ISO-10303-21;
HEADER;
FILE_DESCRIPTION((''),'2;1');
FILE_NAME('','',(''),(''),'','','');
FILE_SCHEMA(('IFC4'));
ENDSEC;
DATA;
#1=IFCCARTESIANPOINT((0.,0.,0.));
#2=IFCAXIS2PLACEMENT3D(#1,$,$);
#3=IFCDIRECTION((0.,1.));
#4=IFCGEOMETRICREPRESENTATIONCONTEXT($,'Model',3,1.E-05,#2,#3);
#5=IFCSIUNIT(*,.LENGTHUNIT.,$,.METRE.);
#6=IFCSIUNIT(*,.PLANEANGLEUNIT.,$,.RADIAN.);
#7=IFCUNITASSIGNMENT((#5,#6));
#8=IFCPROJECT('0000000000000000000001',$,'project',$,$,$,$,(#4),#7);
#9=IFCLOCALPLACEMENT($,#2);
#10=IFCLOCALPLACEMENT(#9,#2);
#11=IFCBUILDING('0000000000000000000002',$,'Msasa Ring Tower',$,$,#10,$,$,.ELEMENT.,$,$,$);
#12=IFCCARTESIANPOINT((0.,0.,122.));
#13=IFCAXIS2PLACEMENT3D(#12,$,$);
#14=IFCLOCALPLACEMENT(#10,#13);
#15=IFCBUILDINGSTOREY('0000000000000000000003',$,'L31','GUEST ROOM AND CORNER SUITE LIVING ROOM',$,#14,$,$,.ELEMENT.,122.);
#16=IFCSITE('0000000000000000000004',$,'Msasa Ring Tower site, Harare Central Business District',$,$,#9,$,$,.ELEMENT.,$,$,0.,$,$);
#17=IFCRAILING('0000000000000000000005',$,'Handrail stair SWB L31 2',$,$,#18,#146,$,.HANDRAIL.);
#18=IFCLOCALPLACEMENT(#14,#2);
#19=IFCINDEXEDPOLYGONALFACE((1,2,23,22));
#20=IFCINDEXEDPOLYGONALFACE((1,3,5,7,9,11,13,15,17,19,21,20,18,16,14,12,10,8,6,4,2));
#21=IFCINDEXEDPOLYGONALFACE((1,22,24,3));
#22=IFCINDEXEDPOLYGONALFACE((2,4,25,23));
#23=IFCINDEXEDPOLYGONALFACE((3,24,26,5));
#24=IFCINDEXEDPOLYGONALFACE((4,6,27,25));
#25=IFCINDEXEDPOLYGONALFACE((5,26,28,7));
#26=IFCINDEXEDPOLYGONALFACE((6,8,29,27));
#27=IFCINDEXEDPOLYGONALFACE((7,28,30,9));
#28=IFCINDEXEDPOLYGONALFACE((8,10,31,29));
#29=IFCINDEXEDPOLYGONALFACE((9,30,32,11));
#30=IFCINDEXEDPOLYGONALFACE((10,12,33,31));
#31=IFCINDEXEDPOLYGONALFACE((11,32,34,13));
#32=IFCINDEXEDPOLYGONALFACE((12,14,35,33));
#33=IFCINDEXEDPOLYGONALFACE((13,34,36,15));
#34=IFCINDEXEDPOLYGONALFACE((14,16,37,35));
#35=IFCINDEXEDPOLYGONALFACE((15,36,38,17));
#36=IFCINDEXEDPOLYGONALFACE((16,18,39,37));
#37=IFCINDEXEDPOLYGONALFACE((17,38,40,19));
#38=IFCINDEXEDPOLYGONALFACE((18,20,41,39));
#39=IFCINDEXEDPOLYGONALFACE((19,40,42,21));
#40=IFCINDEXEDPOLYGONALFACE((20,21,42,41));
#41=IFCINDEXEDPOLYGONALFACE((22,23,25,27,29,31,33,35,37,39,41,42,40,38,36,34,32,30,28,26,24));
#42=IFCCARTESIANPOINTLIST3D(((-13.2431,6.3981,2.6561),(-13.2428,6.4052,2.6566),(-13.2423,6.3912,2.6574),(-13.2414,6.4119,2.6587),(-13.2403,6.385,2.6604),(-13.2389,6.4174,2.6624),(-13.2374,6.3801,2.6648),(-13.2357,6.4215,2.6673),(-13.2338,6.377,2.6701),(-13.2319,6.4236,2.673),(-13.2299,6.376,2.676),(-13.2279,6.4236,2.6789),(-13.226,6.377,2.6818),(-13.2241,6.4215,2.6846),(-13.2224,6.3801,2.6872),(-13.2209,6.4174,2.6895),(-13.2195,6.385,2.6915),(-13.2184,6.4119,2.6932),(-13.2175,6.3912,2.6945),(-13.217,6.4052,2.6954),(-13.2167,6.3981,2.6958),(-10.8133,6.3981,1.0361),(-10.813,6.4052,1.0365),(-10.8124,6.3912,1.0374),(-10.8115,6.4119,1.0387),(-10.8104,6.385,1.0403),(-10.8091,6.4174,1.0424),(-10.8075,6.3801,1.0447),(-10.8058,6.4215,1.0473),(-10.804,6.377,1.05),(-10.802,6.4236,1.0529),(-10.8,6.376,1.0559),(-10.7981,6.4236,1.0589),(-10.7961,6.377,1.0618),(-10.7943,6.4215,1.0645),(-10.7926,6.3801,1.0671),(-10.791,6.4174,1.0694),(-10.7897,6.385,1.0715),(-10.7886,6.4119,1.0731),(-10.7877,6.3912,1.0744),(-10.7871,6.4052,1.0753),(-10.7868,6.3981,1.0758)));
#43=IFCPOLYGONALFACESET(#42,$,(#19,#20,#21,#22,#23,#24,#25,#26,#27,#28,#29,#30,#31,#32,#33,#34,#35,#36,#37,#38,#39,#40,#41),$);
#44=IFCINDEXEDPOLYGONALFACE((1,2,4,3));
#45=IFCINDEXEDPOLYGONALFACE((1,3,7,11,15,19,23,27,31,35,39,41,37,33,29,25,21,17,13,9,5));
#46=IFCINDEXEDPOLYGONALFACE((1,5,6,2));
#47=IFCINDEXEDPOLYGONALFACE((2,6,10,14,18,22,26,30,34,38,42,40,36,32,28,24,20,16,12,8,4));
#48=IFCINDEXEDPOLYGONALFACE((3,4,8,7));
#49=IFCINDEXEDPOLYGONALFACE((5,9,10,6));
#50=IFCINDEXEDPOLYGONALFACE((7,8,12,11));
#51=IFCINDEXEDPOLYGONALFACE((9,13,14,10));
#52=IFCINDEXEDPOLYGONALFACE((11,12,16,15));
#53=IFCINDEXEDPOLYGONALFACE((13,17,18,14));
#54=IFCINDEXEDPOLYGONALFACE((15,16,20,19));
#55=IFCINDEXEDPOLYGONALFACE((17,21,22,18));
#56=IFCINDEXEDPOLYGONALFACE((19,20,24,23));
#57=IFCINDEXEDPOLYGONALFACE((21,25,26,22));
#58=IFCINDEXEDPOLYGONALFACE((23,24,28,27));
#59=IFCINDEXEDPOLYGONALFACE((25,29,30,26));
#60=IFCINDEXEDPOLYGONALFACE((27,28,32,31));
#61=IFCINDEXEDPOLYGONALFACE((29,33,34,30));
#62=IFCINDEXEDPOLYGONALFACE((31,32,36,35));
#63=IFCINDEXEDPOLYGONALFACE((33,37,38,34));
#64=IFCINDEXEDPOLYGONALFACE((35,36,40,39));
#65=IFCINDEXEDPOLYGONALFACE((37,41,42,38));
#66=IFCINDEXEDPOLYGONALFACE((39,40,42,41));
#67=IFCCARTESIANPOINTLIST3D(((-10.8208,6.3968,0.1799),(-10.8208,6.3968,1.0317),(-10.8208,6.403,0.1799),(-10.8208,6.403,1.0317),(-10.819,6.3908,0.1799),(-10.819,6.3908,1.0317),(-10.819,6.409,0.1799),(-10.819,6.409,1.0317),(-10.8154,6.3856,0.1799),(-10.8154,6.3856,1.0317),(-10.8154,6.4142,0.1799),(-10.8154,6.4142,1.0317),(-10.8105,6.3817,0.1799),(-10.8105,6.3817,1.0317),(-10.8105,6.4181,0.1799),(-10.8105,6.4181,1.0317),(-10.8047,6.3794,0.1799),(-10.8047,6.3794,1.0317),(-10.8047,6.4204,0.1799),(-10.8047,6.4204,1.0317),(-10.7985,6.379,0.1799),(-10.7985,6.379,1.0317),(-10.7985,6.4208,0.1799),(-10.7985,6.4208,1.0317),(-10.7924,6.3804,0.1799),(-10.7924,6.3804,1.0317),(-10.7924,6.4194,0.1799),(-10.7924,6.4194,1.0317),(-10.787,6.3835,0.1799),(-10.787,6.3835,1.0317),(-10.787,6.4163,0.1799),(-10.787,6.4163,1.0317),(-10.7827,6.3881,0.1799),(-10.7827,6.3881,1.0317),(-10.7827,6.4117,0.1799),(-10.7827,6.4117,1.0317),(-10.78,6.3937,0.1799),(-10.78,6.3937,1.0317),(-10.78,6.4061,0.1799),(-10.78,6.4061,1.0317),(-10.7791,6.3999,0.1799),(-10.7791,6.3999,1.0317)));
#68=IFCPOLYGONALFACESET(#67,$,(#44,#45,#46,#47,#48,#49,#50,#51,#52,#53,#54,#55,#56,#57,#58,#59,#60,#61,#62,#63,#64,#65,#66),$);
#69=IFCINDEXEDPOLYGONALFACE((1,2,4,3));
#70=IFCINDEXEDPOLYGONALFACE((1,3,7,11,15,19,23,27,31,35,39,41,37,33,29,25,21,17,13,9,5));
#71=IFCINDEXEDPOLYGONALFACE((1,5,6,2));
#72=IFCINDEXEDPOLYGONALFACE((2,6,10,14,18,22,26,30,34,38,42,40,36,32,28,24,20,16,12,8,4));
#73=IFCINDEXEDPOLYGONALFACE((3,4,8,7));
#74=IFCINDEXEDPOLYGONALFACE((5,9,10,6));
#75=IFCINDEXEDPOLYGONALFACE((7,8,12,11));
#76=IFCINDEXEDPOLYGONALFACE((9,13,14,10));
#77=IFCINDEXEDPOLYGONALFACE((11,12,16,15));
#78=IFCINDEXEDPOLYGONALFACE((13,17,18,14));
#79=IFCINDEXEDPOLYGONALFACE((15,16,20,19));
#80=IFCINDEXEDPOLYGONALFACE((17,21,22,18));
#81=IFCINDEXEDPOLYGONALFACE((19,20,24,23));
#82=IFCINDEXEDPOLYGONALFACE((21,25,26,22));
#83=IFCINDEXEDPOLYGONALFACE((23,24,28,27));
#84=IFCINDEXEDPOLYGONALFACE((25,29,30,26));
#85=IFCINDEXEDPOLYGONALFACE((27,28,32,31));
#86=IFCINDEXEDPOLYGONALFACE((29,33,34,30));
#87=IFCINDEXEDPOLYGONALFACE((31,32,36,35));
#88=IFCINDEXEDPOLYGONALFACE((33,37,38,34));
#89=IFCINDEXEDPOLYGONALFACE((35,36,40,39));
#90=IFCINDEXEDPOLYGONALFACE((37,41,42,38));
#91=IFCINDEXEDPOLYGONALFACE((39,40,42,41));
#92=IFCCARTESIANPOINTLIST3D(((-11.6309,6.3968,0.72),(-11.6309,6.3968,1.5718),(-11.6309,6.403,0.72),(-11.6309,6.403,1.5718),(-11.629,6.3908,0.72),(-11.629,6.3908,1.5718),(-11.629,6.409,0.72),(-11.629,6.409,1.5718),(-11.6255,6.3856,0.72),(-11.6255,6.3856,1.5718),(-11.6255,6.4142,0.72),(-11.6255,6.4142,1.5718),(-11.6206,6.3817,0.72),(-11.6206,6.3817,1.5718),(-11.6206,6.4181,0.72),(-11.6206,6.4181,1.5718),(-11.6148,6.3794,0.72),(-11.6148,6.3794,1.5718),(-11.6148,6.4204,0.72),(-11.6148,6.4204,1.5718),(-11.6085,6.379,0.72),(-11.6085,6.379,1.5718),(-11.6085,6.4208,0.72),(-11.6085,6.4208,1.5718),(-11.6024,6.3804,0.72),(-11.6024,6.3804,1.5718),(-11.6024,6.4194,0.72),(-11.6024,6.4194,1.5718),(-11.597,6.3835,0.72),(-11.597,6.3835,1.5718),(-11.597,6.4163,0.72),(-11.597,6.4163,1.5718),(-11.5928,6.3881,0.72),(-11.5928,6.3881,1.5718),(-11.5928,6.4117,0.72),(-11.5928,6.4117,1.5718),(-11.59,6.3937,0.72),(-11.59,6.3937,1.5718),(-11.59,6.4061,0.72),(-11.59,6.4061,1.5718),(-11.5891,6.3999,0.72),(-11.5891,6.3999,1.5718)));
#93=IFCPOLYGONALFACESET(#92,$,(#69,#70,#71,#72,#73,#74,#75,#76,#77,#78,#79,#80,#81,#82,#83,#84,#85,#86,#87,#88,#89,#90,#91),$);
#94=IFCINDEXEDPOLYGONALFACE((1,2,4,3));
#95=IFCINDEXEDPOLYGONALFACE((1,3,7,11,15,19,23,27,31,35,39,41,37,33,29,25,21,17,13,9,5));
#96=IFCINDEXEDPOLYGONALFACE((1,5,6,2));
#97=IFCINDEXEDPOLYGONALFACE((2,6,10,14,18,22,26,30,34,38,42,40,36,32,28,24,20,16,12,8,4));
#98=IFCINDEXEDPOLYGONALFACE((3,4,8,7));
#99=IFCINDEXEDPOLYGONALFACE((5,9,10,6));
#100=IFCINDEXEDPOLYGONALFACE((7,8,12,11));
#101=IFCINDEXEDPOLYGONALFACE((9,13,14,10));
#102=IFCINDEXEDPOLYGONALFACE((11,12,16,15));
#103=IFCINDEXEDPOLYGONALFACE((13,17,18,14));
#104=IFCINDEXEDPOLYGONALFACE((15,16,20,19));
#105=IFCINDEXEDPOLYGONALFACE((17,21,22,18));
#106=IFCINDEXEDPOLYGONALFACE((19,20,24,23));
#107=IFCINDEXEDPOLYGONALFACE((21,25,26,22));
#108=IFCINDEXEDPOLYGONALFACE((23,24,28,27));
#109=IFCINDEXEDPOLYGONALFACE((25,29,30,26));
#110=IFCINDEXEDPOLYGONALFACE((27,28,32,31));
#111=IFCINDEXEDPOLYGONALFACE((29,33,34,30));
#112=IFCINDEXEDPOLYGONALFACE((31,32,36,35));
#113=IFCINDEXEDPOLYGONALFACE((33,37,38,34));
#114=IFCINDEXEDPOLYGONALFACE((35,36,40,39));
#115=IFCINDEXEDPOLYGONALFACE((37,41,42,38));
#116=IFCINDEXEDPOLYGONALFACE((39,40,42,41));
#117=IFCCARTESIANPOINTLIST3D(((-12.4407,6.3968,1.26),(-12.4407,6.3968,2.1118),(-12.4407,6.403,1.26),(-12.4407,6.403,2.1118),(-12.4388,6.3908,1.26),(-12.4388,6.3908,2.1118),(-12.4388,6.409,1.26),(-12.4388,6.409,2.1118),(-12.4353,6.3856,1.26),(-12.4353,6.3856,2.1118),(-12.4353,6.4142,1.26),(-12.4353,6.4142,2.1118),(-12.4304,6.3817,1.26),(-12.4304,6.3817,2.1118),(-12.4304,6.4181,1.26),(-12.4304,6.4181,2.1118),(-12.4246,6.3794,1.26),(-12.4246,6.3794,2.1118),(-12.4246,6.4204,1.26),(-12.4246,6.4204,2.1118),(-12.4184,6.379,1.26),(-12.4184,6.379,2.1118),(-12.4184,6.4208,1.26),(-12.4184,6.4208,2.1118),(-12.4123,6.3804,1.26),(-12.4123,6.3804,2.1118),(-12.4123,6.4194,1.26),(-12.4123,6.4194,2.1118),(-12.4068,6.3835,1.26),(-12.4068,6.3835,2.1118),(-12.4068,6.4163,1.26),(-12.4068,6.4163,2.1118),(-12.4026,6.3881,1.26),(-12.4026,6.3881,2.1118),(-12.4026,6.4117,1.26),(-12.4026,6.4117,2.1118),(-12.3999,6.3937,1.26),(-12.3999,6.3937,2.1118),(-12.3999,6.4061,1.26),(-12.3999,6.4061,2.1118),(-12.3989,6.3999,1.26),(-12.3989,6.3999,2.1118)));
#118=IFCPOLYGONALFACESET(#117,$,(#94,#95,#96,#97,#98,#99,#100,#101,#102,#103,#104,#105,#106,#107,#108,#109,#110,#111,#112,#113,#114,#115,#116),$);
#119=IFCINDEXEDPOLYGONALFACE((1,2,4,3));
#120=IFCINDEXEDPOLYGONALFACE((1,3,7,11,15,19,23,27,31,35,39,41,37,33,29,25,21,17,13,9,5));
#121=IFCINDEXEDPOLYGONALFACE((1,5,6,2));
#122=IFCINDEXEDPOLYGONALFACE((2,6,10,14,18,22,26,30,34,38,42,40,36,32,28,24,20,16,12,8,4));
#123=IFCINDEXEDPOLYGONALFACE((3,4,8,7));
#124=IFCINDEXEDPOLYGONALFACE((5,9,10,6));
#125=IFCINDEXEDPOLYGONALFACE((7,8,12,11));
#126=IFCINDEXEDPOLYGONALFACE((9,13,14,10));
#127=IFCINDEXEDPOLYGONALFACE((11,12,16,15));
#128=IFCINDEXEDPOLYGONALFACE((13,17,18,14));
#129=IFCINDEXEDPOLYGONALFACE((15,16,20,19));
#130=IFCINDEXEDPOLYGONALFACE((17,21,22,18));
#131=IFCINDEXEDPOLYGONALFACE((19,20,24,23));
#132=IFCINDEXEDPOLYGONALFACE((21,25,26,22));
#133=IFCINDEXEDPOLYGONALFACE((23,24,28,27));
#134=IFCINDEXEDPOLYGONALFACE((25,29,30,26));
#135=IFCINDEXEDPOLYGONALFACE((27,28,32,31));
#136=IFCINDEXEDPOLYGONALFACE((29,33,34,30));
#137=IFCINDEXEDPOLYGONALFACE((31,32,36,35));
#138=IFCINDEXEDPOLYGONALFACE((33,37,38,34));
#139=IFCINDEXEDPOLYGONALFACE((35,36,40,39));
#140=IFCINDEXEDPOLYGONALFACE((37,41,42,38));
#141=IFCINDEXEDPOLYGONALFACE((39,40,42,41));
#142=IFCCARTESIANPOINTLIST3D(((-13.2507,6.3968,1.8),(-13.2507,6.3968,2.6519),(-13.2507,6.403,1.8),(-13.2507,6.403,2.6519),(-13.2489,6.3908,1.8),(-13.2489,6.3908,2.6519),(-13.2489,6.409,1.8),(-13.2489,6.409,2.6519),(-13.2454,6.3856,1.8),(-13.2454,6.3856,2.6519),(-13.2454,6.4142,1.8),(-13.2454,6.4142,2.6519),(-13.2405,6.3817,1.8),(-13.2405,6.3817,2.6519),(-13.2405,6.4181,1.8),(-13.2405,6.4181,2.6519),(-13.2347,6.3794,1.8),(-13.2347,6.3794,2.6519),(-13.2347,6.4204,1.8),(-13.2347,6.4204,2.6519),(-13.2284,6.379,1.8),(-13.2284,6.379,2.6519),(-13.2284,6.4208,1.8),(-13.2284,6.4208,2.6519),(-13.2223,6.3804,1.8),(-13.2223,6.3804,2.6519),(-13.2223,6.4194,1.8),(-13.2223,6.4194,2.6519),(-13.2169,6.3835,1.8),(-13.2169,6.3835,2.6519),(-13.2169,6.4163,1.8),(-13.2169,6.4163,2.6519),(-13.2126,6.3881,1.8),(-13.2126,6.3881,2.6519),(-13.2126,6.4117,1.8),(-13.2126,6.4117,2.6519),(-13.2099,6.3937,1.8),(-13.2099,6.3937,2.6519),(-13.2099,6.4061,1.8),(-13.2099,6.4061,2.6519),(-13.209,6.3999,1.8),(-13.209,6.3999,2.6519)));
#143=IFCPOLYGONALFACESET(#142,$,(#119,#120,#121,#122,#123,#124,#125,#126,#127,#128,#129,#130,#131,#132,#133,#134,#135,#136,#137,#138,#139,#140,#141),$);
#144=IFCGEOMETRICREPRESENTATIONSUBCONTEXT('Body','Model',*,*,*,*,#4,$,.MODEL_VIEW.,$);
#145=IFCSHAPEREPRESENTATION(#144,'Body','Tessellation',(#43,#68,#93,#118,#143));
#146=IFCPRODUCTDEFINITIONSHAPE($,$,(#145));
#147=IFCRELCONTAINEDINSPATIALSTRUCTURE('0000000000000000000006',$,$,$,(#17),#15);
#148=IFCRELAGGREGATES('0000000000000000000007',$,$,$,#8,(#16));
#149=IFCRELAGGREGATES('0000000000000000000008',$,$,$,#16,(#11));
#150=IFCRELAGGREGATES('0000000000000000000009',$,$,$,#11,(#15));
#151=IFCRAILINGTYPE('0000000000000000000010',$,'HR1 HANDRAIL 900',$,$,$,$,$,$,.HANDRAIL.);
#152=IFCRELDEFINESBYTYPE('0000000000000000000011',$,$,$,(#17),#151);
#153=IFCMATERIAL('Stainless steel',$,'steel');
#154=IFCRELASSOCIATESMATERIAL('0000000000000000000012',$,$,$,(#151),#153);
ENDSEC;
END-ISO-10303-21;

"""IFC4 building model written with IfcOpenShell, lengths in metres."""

from ifc_helpers import new_model, si_unit, direction, frame, origin, origin_2d, place, context, subcontext, project, spatial, circle, extrude, material, type_object, element, save


model = new_model("IFC4")

# Units and contexts
model_context = context("Model", 3, precision=1e-05, world=origin(), true_north=direction((0.0, 1.0)))
body_context = subcontext(model_context, "Body", "Model", "MODEL_VIEW")
ifc_project = project(units=[si_unit("LENGTHUNIT", "METRE"), si_unit("PLANEANGLEUNIT", "RADIAN")], contexts=[model_context])

# Site, building, storey
site_placement = place(None, origin())
site = spatial("IfcSite", under=ifc_project, at=site_placement, Name="Msasa Ring Tower site, Harare Central Business District", CompositionType="ELEMENT", RefElevation=0.0)
building_placement = place(site_placement, origin())
building = spatial("IfcBuilding", under=site, at=building_placement, Name="Msasa Ring Tower", CompositionType="ELEMENT")
storey_placement = place(building_placement, frame((0.0, 0.0, 122.0)))
storey = spatial("IfcBuildingStorey", under=building, at=storey_placement, Name="L31", Description="GUEST ROOM AND CORNER SUITE LIVING ROOM", CompositionType="ELEMENT", Elevation=122.0)

# Railing
ifc_material_1 = material(Name="Stainless steel", Category="steel")
railing_type = type_object("IfcRailingType", Name="HR1 HANDRAIL 900", PredefinedType="HANDRAIL", material=ifc_material_1)
for number, where, name in (
    (1, (-10.8, 6.3999, 0.1799), "Handrail stair SWB L31 2"),
):
    element("IfcRailing", number, at=place(storey_placement, frame(where)), inside=storey, type_object=railing_type, Name=name, PredefinedType="HANDRAIL", context=body_context, shape_type="SweptSolid", body=[
        extrude(circle(Radius=0.0239, at=origin_2d()), frame((0.0, 0.0, 0.876), z_axis=(-0.832025, 0.0, 0.554739), x_axis=(0.0, -1.0, 0.0)), (0.0, 0.0, 1.0), 2.9204),
        extrude(circle(Radius=0.021, at=origin_2d()), origin(), (0.0, 0.0, 1.0), 0.8518),
        extrude(circle(Radius=0.021, at=origin_2d()), frame((-0.8101, 0.0, 0.54)), (0.0, 0.0, 1.0), 0.8518),
        extrude(circle(Radius=0.021, at=origin_2d()), frame((-1.6199, 0.0, 1.0801)), (0.0, 0.0, 1.0), 0.8518),
        extrude(circle(Radius=0.021, at=origin_2d()), frame((-2.4299, 0.0, 1.6201)), (0.0, 0.0, 1.0), 0.8518),
    ])

save(model, "model.ifc")
